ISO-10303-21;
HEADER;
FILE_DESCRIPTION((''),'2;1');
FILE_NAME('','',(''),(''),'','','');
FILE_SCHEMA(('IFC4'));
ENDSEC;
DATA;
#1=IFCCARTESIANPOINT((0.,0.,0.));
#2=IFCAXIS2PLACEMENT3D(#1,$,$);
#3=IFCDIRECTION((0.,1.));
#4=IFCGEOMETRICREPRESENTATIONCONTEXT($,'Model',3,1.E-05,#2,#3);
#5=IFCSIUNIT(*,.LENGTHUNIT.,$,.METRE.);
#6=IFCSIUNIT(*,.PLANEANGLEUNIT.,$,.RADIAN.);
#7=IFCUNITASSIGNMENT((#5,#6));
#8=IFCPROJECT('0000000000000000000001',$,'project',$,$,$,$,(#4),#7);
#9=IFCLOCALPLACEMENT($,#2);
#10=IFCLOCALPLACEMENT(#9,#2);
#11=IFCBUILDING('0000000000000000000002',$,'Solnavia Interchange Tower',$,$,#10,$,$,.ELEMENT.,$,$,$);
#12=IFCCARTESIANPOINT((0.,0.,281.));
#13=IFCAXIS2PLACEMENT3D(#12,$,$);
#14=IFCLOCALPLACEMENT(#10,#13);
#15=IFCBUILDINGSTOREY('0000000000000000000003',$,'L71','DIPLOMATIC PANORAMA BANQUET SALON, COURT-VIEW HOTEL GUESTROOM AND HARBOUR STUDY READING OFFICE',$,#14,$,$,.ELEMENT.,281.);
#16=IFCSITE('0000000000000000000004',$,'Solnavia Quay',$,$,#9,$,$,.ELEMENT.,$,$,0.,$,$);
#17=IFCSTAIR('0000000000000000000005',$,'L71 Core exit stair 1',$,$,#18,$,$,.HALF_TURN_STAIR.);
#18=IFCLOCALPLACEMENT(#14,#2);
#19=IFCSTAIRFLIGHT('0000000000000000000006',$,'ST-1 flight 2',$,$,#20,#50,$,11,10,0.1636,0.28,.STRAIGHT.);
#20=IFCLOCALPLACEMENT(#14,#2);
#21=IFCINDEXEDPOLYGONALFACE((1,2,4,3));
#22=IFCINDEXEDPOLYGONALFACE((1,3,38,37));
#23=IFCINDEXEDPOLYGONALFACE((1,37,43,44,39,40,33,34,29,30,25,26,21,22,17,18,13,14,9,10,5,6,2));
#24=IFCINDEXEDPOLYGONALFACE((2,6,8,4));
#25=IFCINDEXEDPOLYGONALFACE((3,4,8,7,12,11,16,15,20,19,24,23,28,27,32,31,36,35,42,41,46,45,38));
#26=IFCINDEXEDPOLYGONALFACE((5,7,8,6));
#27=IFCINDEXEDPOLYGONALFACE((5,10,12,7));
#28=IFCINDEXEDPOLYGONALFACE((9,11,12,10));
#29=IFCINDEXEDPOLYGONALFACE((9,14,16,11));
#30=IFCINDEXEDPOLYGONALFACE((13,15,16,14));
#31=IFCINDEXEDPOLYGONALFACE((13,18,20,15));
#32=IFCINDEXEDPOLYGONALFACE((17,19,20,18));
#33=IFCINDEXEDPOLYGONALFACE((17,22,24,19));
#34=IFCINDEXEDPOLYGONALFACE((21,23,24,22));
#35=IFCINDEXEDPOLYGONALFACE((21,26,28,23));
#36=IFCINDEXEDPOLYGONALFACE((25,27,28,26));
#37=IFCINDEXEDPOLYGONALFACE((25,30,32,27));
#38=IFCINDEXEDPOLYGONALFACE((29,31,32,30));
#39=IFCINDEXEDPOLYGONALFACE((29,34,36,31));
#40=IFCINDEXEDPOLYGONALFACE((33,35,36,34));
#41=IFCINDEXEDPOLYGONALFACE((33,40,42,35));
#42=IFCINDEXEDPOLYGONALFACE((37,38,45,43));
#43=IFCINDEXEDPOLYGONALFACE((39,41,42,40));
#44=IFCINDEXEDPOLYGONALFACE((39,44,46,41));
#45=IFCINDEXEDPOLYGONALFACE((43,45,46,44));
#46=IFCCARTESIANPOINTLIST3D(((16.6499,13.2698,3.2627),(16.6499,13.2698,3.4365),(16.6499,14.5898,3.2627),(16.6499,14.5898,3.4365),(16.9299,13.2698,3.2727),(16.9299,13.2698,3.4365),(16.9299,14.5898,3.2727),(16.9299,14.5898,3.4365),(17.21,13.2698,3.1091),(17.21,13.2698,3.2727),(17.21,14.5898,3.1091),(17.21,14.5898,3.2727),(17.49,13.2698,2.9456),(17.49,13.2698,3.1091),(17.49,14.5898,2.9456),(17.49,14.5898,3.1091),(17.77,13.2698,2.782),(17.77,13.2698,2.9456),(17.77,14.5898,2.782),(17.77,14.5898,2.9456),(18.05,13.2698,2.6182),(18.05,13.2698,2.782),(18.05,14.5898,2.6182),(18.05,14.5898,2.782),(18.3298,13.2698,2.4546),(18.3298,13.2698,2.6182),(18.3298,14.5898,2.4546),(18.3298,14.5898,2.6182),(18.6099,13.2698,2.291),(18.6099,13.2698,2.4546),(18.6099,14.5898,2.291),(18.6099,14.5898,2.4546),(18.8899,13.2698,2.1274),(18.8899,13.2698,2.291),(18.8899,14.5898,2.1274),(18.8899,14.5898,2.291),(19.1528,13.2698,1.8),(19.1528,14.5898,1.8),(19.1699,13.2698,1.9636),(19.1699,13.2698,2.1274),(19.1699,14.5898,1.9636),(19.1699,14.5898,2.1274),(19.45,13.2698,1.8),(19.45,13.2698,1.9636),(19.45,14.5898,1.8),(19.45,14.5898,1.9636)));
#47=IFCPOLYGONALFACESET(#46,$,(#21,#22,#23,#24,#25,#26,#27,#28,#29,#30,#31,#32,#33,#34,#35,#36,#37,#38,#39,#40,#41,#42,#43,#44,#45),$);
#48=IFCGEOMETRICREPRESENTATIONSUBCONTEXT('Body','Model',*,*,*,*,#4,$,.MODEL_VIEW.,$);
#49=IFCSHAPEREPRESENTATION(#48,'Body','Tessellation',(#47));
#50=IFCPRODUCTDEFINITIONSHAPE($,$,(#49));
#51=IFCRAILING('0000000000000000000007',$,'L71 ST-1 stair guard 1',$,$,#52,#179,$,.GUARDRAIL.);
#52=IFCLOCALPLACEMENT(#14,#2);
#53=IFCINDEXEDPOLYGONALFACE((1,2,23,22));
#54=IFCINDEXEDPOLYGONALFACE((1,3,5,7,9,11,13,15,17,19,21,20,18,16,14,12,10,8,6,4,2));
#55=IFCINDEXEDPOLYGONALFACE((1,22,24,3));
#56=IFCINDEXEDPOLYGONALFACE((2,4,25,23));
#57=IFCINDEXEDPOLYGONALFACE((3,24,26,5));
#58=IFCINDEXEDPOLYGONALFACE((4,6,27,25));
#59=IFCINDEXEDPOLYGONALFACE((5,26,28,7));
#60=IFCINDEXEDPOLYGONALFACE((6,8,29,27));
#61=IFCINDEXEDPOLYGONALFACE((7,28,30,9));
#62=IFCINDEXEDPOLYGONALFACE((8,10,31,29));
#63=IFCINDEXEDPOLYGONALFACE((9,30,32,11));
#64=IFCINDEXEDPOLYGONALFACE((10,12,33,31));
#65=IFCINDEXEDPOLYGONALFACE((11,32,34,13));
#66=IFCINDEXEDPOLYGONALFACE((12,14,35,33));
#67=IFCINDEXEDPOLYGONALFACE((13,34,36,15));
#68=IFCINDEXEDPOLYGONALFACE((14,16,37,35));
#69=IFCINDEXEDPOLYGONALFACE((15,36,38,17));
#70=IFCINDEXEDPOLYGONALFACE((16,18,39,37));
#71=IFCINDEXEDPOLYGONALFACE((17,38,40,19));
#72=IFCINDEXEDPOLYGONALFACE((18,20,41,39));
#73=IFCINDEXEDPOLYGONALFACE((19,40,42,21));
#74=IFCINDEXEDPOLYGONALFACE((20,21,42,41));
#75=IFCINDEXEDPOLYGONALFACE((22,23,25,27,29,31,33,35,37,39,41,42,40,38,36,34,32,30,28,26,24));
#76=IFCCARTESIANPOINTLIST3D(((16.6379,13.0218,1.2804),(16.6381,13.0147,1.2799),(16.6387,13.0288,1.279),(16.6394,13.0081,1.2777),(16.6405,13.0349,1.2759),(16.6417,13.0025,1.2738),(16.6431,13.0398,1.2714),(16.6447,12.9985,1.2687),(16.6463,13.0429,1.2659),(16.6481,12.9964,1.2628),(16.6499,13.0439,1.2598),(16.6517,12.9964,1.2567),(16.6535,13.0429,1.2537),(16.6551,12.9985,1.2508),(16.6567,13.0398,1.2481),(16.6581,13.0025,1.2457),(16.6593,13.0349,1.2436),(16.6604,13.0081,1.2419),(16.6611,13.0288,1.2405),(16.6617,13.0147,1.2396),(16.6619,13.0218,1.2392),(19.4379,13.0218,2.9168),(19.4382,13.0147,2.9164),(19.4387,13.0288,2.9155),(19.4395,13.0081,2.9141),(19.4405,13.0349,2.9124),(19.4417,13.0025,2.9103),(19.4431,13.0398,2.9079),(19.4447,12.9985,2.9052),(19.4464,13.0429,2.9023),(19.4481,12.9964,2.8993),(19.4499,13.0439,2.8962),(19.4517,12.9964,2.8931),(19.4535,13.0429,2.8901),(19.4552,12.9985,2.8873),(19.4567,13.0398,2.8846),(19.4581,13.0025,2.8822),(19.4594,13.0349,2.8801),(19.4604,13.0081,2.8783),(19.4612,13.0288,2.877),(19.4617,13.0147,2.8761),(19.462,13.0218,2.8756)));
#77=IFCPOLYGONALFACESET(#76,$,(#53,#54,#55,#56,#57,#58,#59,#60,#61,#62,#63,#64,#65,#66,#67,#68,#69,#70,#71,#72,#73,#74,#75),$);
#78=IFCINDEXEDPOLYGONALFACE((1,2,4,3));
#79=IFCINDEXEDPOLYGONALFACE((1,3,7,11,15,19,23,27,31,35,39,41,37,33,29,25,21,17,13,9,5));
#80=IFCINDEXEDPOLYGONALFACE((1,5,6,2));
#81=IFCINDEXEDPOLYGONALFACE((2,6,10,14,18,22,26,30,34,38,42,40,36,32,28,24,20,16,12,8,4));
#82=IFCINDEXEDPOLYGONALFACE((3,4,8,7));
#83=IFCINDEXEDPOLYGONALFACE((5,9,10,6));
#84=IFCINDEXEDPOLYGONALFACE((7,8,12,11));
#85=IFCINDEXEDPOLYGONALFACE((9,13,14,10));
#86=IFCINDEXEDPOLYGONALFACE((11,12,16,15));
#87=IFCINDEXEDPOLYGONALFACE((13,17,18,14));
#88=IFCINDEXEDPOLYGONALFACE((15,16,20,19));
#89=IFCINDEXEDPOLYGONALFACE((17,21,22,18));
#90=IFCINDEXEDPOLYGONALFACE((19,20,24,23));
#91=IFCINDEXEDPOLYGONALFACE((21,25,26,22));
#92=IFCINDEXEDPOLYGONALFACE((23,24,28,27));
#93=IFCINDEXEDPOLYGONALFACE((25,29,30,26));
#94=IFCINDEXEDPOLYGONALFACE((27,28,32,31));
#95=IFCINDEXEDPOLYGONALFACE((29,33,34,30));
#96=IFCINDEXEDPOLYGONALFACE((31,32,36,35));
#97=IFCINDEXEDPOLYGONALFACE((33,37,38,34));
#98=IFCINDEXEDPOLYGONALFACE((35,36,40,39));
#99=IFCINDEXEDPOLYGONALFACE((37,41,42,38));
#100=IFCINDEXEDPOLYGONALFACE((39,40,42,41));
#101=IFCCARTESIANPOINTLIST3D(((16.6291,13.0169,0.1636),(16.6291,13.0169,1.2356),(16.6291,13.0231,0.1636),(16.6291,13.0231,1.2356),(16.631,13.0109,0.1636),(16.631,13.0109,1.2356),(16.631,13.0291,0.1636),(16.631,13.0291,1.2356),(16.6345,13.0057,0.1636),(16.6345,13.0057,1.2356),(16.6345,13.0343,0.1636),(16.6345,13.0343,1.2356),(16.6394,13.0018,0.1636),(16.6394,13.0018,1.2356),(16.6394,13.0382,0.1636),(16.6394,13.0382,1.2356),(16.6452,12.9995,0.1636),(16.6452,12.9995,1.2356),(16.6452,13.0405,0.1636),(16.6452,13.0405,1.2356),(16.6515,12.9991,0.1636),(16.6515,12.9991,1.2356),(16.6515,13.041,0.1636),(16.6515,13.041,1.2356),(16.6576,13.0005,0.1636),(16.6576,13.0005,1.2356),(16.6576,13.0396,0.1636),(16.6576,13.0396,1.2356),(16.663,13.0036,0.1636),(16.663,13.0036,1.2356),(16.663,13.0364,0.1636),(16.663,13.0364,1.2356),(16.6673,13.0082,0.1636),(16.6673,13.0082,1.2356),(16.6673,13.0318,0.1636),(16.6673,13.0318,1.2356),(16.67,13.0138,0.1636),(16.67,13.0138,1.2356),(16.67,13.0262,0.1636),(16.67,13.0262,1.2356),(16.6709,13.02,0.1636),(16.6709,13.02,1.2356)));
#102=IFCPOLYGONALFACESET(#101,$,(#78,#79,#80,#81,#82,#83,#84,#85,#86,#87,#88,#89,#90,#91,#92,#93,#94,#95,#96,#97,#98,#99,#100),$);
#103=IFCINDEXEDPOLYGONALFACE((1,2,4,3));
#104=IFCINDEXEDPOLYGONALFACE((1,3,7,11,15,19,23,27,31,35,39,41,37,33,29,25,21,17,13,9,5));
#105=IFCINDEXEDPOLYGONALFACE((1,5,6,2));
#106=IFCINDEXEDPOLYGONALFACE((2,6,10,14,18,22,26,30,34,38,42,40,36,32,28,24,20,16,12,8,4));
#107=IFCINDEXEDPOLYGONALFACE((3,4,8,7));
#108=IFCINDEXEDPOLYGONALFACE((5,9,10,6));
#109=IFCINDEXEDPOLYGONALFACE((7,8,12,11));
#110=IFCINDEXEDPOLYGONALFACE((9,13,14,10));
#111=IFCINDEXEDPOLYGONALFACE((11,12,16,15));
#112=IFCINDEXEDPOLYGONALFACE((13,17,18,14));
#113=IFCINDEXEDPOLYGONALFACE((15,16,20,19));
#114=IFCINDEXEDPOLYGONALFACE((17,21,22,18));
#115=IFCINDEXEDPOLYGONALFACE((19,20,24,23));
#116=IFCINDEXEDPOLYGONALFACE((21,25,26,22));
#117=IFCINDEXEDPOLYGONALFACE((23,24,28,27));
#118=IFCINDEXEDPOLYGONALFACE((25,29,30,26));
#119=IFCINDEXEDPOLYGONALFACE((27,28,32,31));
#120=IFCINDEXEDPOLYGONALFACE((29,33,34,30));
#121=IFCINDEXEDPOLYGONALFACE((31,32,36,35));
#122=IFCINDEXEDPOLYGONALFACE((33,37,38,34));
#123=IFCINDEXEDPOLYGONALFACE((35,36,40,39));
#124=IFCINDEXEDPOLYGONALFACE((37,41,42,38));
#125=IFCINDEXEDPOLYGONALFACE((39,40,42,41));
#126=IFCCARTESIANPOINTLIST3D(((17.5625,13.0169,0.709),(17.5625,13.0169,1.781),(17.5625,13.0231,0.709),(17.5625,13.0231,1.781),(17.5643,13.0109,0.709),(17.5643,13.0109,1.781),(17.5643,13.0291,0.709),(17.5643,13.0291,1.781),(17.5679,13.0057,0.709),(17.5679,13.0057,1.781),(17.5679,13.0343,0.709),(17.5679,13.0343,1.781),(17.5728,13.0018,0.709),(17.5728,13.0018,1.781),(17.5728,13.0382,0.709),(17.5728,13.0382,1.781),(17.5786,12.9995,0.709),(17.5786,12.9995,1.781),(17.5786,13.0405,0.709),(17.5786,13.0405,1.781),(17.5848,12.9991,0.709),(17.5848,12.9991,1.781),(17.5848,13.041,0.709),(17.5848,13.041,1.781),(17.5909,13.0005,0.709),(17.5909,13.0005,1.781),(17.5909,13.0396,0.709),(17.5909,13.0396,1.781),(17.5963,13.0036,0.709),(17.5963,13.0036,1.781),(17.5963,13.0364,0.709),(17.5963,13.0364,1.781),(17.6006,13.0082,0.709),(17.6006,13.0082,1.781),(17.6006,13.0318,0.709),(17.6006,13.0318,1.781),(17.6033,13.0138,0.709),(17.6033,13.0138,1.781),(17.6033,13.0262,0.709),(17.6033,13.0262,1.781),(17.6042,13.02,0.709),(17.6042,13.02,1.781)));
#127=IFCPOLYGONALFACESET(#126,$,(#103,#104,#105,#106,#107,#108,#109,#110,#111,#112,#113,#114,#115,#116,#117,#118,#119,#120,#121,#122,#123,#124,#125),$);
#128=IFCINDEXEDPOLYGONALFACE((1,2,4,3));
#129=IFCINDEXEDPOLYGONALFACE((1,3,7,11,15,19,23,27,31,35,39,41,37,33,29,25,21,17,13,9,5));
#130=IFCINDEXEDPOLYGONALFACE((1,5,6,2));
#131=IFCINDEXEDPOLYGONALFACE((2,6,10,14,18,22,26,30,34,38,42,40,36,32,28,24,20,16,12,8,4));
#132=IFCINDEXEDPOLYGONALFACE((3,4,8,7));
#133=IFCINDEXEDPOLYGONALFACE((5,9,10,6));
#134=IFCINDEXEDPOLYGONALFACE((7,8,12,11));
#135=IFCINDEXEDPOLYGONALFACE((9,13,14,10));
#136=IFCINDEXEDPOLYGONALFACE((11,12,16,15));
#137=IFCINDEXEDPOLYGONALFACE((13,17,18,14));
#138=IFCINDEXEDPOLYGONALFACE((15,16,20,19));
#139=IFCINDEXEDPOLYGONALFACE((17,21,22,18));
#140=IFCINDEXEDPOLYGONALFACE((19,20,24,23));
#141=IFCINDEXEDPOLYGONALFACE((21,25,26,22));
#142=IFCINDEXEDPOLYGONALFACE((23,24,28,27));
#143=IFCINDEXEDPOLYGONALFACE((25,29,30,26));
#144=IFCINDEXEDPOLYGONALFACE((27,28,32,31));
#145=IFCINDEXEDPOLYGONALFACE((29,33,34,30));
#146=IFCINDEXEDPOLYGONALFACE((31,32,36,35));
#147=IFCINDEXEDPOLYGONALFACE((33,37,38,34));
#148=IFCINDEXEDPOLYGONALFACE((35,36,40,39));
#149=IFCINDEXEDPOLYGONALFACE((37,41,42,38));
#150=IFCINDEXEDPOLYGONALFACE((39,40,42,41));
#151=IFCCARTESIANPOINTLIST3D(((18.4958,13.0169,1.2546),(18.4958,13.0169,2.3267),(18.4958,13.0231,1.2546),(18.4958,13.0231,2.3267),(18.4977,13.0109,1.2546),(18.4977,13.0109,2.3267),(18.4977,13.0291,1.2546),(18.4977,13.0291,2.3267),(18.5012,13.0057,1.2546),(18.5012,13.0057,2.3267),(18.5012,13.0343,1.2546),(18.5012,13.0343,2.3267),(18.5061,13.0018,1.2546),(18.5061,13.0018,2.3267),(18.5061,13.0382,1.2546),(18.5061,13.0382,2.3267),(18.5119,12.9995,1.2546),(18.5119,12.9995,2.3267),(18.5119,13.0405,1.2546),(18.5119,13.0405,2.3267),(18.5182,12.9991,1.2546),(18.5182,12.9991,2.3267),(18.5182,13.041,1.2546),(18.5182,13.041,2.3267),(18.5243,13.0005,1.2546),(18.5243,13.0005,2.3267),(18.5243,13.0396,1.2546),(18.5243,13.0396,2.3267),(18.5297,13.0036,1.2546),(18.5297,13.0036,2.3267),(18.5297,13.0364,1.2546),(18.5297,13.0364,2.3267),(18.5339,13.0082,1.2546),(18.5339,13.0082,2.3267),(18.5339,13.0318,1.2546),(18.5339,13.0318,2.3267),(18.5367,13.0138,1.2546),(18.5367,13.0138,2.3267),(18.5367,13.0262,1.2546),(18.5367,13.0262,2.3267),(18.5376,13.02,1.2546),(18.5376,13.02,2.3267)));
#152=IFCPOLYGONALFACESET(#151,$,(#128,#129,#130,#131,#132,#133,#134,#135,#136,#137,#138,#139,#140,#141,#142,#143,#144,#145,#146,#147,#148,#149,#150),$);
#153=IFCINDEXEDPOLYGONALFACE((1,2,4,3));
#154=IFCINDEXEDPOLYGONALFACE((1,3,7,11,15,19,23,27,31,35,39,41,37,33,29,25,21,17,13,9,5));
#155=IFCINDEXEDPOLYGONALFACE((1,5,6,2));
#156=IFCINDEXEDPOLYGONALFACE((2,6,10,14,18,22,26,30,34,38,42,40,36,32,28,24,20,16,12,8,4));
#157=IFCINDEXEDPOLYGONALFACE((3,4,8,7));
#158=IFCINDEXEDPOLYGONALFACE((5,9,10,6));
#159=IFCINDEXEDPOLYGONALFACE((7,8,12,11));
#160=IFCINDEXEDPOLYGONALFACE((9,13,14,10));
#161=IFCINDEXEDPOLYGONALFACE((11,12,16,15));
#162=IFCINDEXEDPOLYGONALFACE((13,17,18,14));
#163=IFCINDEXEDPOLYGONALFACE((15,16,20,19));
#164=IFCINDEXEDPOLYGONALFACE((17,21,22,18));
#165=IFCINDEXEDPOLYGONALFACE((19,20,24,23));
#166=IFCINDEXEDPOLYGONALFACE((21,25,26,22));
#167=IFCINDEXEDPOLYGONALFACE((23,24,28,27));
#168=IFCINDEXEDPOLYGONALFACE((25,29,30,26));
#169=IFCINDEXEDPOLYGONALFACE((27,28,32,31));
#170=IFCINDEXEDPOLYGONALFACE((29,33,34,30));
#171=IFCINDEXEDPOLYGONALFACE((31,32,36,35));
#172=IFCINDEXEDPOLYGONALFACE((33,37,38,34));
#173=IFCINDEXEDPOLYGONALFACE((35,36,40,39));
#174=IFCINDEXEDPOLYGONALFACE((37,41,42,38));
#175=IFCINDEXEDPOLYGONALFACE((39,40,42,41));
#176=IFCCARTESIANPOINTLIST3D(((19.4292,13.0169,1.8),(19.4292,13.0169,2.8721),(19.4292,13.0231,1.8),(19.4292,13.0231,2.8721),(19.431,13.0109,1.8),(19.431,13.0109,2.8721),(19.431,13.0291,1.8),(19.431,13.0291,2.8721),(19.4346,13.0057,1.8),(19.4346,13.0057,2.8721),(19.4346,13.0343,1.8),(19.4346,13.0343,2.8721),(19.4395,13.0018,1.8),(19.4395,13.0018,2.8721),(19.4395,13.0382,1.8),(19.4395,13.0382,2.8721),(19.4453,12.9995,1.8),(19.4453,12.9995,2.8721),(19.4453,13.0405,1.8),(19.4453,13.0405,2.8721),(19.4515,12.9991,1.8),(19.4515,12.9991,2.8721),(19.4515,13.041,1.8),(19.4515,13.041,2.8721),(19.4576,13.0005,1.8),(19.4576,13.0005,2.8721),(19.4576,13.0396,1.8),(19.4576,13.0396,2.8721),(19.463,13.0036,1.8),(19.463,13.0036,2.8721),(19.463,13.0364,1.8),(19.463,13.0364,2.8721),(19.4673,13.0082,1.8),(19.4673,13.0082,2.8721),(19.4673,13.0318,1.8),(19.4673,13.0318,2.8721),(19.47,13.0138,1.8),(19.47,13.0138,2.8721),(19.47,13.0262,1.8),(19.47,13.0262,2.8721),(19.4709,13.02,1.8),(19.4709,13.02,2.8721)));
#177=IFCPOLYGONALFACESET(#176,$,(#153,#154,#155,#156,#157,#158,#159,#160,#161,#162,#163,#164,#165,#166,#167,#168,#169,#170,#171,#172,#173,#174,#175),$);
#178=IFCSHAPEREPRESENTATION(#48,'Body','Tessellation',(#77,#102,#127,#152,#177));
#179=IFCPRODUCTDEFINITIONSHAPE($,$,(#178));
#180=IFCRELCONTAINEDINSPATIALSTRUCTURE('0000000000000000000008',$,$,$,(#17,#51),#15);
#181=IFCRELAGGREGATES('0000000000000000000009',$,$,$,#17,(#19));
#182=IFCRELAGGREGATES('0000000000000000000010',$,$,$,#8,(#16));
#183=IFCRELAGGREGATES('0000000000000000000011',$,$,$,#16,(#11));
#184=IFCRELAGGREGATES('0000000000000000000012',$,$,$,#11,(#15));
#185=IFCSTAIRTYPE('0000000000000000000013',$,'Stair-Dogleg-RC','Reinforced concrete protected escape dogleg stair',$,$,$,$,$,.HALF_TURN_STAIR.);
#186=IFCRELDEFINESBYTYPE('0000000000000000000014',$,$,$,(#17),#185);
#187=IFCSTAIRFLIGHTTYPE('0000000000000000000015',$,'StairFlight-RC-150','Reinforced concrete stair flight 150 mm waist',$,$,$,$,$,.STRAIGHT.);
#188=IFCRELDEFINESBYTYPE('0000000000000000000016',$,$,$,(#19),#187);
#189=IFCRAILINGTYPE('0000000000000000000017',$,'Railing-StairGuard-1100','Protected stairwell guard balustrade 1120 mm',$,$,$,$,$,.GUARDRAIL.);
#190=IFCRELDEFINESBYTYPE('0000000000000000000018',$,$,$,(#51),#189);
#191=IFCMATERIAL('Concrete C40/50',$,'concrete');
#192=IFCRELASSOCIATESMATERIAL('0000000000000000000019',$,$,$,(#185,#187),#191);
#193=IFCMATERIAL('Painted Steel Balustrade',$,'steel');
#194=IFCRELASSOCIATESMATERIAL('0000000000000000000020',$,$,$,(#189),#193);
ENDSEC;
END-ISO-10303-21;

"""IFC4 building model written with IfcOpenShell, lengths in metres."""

from ifc_helpers import new_model, si_unit, direction, frame, origin, origin_2d, place, context, subcontext, project, spatial, polyline, circle, outline, extrude, material, type_object, element, aggregate, save


model = new_model("IFC4")

# Units and contexts
model_context = context("Model", 3, precision=1e-05, world=origin(), true_north=direction((0.0, 1.0)))
body_context = subcontext(model_context, "Body", "Model", "MODEL_VIEW")
ifc_project = project(units=[si_unit("LENGTHUNIT", "METRE"), si_unit("PLANEANGLEUNIT", "RADIAN")], contexts=[model_context])

# Site, building, storey
site_placement = place(None, origin())
site = spatial("IfcSite", under=ifc_project, at=site_placement, Name="Solnavia Quay", CompositionType="ELEMENT", RefElevation=0.0)
building_placement = place(site_placement, origin())
building = spatial("IfcBuilding", under=site, at=building_placement, Name="Solnavia Interchange Tower", CompositionType="ELEMENT")
storey_placement = place(building_placement, frame((0.0, 0.0, 281.0)))
storey = spatial("IfcBuildingStorey", under=building, at=storey_placement, Name="L71", Description="DIPLOMATIC PANORAMA BANQUET SALON, COURT-VIEW HOTEL GUESTROOM AND HARBOUR STUDY READING OFFICE", CompositionType="ELEMENT", Elevation=281.0)

# Shared definitions
ifc_material_1 = material(Name="Concrete C40/50", Category="concrete")

# Stair, stair flight
stair_type = type_object("IfcStairType", Name="Stair-Dogleg-RC", Description="Reinforced concrete protected escape dogleg stair", PredefinedType="HALF_TURN_STAIR", material=ifc_material_1)
stair_placement = place(storey_placement, origin())
stair = element("IfcStair", 1, at=stair_placement, inside=storey, type_object=stair_type, Name="L71 Core exit stair 1", PredefinedType="HALF_TURN_STAIR")
stair_flight_type = type_object("IfcStairFlightType", Name="StairFlight-RC-150", Description="Reinforced concrete stair flight 150 mm waist", PredefinedType="STRAIGHT", material=ifc_material_1)
stair_flight_1_placement = place(storey_placement, frame((19.45, 13.9299, 1.8), z_axis=(0.0, 0.0, 1.0), x_axis=(-1.0, 0.0, 0.0)))
stair_flight_1 = element("IfcStairFlight", 2, at=stair_flight_1_placement, type_object=stair_flight_type, Name="ST-1 flight 2", NumberOfRisers=11, NumberOfTreads=10, PredefinedType="STRAIGHT", RiserHeight=0.1636, TreadLength=0.28, context=body_context, shape_type="SweptSolid", body=[
    extrude(outline(polyline([(0.0, 0.0), (0.0, 0.1636), (0.28, 0.1636), (0.28, 0.3274), (0.5601, 0.3274), (0.5601, 0.491), (0.8401, 0.491), (0.8401, 0.6545), (1.1201, 0.6545), (1.1201, 0.8181), (1.3999, 0.8181), (1.3999, 0.9819), (1.6799, 0.9819), (1.6799, 1.1455), (1.96, 1.1455), (1.96, 1.3091), (2.24, 1.3091), (2.24, 1.4727), (2.52, 1.4727), (2.52, 1.6365), (2.8, 1.6365), (2.8, 1.8), (2.8, 1.4626), (0.2971, 0.0), (0.0, 0.0)])), frame((0.0, 0.6602, 0.0), z_axis=(0.0, -1.0, 0.0), x_axis=(1.0, 0.0, 0.0)), (0.0, 0.0, 1.0), 1.3201),
])
aggregate(stair, [stair_flight_1])

# Railing
ifc_material_2 = material(Name="Painted Steel Balustrade", Category="steel")
railing_type_1 = type_object("IfcRailingType", Name="Railing-StairGuard-1100", Description="Protected stairwell guard balustrade 1120 mm", PredefinedType="GUARDRAIL", material=ifc_material_2)
railing_1_placement = place(storey_placement, frame((16.6499, 13.02, 0.1636)))
element("IfcRailing", 3, at=railing_1_placement, inside=storey, type_object=railing_type_1, Name="L71 ST-1 stair guard 1", PredefinedType="GUARDRAIL", context=body_context, shape_type="SweptSolid", body=[
    extrude(circle(Radius=0.0239, at=origin_2d()), frame((0.0, 0.0, 1.0962), z_axis=(0.863361, 0.0, 0.504587), x_axis=(0.0, 1.0, 0.0)), (0.0, 0.0, 1.0), 3.2432),
    extrude(circle(Radius=0.021, at=origin_2d()), origin(), (0.0, 0.0, 1.0), 1.072),
    extrude(circle(Radius=0.021, at=origin_2d()), frame((0.9333, 0.0, 0.5454)), (0.0, 0.0, 1.0), 1.072),
    extrude(circle(Radius=0.021, at=origin_2d()), frame((1.8667, 0.0, 1.0911)), (0.0, 0.0, 1.0), 1.072),
    extrude(circle(Radius=0.021, at=origin_2d()), frame((2.8, 0.0, 1.6365)), (0.0, 0.0, 1.0), 1.072),
])

save(model, "model.ifc")
